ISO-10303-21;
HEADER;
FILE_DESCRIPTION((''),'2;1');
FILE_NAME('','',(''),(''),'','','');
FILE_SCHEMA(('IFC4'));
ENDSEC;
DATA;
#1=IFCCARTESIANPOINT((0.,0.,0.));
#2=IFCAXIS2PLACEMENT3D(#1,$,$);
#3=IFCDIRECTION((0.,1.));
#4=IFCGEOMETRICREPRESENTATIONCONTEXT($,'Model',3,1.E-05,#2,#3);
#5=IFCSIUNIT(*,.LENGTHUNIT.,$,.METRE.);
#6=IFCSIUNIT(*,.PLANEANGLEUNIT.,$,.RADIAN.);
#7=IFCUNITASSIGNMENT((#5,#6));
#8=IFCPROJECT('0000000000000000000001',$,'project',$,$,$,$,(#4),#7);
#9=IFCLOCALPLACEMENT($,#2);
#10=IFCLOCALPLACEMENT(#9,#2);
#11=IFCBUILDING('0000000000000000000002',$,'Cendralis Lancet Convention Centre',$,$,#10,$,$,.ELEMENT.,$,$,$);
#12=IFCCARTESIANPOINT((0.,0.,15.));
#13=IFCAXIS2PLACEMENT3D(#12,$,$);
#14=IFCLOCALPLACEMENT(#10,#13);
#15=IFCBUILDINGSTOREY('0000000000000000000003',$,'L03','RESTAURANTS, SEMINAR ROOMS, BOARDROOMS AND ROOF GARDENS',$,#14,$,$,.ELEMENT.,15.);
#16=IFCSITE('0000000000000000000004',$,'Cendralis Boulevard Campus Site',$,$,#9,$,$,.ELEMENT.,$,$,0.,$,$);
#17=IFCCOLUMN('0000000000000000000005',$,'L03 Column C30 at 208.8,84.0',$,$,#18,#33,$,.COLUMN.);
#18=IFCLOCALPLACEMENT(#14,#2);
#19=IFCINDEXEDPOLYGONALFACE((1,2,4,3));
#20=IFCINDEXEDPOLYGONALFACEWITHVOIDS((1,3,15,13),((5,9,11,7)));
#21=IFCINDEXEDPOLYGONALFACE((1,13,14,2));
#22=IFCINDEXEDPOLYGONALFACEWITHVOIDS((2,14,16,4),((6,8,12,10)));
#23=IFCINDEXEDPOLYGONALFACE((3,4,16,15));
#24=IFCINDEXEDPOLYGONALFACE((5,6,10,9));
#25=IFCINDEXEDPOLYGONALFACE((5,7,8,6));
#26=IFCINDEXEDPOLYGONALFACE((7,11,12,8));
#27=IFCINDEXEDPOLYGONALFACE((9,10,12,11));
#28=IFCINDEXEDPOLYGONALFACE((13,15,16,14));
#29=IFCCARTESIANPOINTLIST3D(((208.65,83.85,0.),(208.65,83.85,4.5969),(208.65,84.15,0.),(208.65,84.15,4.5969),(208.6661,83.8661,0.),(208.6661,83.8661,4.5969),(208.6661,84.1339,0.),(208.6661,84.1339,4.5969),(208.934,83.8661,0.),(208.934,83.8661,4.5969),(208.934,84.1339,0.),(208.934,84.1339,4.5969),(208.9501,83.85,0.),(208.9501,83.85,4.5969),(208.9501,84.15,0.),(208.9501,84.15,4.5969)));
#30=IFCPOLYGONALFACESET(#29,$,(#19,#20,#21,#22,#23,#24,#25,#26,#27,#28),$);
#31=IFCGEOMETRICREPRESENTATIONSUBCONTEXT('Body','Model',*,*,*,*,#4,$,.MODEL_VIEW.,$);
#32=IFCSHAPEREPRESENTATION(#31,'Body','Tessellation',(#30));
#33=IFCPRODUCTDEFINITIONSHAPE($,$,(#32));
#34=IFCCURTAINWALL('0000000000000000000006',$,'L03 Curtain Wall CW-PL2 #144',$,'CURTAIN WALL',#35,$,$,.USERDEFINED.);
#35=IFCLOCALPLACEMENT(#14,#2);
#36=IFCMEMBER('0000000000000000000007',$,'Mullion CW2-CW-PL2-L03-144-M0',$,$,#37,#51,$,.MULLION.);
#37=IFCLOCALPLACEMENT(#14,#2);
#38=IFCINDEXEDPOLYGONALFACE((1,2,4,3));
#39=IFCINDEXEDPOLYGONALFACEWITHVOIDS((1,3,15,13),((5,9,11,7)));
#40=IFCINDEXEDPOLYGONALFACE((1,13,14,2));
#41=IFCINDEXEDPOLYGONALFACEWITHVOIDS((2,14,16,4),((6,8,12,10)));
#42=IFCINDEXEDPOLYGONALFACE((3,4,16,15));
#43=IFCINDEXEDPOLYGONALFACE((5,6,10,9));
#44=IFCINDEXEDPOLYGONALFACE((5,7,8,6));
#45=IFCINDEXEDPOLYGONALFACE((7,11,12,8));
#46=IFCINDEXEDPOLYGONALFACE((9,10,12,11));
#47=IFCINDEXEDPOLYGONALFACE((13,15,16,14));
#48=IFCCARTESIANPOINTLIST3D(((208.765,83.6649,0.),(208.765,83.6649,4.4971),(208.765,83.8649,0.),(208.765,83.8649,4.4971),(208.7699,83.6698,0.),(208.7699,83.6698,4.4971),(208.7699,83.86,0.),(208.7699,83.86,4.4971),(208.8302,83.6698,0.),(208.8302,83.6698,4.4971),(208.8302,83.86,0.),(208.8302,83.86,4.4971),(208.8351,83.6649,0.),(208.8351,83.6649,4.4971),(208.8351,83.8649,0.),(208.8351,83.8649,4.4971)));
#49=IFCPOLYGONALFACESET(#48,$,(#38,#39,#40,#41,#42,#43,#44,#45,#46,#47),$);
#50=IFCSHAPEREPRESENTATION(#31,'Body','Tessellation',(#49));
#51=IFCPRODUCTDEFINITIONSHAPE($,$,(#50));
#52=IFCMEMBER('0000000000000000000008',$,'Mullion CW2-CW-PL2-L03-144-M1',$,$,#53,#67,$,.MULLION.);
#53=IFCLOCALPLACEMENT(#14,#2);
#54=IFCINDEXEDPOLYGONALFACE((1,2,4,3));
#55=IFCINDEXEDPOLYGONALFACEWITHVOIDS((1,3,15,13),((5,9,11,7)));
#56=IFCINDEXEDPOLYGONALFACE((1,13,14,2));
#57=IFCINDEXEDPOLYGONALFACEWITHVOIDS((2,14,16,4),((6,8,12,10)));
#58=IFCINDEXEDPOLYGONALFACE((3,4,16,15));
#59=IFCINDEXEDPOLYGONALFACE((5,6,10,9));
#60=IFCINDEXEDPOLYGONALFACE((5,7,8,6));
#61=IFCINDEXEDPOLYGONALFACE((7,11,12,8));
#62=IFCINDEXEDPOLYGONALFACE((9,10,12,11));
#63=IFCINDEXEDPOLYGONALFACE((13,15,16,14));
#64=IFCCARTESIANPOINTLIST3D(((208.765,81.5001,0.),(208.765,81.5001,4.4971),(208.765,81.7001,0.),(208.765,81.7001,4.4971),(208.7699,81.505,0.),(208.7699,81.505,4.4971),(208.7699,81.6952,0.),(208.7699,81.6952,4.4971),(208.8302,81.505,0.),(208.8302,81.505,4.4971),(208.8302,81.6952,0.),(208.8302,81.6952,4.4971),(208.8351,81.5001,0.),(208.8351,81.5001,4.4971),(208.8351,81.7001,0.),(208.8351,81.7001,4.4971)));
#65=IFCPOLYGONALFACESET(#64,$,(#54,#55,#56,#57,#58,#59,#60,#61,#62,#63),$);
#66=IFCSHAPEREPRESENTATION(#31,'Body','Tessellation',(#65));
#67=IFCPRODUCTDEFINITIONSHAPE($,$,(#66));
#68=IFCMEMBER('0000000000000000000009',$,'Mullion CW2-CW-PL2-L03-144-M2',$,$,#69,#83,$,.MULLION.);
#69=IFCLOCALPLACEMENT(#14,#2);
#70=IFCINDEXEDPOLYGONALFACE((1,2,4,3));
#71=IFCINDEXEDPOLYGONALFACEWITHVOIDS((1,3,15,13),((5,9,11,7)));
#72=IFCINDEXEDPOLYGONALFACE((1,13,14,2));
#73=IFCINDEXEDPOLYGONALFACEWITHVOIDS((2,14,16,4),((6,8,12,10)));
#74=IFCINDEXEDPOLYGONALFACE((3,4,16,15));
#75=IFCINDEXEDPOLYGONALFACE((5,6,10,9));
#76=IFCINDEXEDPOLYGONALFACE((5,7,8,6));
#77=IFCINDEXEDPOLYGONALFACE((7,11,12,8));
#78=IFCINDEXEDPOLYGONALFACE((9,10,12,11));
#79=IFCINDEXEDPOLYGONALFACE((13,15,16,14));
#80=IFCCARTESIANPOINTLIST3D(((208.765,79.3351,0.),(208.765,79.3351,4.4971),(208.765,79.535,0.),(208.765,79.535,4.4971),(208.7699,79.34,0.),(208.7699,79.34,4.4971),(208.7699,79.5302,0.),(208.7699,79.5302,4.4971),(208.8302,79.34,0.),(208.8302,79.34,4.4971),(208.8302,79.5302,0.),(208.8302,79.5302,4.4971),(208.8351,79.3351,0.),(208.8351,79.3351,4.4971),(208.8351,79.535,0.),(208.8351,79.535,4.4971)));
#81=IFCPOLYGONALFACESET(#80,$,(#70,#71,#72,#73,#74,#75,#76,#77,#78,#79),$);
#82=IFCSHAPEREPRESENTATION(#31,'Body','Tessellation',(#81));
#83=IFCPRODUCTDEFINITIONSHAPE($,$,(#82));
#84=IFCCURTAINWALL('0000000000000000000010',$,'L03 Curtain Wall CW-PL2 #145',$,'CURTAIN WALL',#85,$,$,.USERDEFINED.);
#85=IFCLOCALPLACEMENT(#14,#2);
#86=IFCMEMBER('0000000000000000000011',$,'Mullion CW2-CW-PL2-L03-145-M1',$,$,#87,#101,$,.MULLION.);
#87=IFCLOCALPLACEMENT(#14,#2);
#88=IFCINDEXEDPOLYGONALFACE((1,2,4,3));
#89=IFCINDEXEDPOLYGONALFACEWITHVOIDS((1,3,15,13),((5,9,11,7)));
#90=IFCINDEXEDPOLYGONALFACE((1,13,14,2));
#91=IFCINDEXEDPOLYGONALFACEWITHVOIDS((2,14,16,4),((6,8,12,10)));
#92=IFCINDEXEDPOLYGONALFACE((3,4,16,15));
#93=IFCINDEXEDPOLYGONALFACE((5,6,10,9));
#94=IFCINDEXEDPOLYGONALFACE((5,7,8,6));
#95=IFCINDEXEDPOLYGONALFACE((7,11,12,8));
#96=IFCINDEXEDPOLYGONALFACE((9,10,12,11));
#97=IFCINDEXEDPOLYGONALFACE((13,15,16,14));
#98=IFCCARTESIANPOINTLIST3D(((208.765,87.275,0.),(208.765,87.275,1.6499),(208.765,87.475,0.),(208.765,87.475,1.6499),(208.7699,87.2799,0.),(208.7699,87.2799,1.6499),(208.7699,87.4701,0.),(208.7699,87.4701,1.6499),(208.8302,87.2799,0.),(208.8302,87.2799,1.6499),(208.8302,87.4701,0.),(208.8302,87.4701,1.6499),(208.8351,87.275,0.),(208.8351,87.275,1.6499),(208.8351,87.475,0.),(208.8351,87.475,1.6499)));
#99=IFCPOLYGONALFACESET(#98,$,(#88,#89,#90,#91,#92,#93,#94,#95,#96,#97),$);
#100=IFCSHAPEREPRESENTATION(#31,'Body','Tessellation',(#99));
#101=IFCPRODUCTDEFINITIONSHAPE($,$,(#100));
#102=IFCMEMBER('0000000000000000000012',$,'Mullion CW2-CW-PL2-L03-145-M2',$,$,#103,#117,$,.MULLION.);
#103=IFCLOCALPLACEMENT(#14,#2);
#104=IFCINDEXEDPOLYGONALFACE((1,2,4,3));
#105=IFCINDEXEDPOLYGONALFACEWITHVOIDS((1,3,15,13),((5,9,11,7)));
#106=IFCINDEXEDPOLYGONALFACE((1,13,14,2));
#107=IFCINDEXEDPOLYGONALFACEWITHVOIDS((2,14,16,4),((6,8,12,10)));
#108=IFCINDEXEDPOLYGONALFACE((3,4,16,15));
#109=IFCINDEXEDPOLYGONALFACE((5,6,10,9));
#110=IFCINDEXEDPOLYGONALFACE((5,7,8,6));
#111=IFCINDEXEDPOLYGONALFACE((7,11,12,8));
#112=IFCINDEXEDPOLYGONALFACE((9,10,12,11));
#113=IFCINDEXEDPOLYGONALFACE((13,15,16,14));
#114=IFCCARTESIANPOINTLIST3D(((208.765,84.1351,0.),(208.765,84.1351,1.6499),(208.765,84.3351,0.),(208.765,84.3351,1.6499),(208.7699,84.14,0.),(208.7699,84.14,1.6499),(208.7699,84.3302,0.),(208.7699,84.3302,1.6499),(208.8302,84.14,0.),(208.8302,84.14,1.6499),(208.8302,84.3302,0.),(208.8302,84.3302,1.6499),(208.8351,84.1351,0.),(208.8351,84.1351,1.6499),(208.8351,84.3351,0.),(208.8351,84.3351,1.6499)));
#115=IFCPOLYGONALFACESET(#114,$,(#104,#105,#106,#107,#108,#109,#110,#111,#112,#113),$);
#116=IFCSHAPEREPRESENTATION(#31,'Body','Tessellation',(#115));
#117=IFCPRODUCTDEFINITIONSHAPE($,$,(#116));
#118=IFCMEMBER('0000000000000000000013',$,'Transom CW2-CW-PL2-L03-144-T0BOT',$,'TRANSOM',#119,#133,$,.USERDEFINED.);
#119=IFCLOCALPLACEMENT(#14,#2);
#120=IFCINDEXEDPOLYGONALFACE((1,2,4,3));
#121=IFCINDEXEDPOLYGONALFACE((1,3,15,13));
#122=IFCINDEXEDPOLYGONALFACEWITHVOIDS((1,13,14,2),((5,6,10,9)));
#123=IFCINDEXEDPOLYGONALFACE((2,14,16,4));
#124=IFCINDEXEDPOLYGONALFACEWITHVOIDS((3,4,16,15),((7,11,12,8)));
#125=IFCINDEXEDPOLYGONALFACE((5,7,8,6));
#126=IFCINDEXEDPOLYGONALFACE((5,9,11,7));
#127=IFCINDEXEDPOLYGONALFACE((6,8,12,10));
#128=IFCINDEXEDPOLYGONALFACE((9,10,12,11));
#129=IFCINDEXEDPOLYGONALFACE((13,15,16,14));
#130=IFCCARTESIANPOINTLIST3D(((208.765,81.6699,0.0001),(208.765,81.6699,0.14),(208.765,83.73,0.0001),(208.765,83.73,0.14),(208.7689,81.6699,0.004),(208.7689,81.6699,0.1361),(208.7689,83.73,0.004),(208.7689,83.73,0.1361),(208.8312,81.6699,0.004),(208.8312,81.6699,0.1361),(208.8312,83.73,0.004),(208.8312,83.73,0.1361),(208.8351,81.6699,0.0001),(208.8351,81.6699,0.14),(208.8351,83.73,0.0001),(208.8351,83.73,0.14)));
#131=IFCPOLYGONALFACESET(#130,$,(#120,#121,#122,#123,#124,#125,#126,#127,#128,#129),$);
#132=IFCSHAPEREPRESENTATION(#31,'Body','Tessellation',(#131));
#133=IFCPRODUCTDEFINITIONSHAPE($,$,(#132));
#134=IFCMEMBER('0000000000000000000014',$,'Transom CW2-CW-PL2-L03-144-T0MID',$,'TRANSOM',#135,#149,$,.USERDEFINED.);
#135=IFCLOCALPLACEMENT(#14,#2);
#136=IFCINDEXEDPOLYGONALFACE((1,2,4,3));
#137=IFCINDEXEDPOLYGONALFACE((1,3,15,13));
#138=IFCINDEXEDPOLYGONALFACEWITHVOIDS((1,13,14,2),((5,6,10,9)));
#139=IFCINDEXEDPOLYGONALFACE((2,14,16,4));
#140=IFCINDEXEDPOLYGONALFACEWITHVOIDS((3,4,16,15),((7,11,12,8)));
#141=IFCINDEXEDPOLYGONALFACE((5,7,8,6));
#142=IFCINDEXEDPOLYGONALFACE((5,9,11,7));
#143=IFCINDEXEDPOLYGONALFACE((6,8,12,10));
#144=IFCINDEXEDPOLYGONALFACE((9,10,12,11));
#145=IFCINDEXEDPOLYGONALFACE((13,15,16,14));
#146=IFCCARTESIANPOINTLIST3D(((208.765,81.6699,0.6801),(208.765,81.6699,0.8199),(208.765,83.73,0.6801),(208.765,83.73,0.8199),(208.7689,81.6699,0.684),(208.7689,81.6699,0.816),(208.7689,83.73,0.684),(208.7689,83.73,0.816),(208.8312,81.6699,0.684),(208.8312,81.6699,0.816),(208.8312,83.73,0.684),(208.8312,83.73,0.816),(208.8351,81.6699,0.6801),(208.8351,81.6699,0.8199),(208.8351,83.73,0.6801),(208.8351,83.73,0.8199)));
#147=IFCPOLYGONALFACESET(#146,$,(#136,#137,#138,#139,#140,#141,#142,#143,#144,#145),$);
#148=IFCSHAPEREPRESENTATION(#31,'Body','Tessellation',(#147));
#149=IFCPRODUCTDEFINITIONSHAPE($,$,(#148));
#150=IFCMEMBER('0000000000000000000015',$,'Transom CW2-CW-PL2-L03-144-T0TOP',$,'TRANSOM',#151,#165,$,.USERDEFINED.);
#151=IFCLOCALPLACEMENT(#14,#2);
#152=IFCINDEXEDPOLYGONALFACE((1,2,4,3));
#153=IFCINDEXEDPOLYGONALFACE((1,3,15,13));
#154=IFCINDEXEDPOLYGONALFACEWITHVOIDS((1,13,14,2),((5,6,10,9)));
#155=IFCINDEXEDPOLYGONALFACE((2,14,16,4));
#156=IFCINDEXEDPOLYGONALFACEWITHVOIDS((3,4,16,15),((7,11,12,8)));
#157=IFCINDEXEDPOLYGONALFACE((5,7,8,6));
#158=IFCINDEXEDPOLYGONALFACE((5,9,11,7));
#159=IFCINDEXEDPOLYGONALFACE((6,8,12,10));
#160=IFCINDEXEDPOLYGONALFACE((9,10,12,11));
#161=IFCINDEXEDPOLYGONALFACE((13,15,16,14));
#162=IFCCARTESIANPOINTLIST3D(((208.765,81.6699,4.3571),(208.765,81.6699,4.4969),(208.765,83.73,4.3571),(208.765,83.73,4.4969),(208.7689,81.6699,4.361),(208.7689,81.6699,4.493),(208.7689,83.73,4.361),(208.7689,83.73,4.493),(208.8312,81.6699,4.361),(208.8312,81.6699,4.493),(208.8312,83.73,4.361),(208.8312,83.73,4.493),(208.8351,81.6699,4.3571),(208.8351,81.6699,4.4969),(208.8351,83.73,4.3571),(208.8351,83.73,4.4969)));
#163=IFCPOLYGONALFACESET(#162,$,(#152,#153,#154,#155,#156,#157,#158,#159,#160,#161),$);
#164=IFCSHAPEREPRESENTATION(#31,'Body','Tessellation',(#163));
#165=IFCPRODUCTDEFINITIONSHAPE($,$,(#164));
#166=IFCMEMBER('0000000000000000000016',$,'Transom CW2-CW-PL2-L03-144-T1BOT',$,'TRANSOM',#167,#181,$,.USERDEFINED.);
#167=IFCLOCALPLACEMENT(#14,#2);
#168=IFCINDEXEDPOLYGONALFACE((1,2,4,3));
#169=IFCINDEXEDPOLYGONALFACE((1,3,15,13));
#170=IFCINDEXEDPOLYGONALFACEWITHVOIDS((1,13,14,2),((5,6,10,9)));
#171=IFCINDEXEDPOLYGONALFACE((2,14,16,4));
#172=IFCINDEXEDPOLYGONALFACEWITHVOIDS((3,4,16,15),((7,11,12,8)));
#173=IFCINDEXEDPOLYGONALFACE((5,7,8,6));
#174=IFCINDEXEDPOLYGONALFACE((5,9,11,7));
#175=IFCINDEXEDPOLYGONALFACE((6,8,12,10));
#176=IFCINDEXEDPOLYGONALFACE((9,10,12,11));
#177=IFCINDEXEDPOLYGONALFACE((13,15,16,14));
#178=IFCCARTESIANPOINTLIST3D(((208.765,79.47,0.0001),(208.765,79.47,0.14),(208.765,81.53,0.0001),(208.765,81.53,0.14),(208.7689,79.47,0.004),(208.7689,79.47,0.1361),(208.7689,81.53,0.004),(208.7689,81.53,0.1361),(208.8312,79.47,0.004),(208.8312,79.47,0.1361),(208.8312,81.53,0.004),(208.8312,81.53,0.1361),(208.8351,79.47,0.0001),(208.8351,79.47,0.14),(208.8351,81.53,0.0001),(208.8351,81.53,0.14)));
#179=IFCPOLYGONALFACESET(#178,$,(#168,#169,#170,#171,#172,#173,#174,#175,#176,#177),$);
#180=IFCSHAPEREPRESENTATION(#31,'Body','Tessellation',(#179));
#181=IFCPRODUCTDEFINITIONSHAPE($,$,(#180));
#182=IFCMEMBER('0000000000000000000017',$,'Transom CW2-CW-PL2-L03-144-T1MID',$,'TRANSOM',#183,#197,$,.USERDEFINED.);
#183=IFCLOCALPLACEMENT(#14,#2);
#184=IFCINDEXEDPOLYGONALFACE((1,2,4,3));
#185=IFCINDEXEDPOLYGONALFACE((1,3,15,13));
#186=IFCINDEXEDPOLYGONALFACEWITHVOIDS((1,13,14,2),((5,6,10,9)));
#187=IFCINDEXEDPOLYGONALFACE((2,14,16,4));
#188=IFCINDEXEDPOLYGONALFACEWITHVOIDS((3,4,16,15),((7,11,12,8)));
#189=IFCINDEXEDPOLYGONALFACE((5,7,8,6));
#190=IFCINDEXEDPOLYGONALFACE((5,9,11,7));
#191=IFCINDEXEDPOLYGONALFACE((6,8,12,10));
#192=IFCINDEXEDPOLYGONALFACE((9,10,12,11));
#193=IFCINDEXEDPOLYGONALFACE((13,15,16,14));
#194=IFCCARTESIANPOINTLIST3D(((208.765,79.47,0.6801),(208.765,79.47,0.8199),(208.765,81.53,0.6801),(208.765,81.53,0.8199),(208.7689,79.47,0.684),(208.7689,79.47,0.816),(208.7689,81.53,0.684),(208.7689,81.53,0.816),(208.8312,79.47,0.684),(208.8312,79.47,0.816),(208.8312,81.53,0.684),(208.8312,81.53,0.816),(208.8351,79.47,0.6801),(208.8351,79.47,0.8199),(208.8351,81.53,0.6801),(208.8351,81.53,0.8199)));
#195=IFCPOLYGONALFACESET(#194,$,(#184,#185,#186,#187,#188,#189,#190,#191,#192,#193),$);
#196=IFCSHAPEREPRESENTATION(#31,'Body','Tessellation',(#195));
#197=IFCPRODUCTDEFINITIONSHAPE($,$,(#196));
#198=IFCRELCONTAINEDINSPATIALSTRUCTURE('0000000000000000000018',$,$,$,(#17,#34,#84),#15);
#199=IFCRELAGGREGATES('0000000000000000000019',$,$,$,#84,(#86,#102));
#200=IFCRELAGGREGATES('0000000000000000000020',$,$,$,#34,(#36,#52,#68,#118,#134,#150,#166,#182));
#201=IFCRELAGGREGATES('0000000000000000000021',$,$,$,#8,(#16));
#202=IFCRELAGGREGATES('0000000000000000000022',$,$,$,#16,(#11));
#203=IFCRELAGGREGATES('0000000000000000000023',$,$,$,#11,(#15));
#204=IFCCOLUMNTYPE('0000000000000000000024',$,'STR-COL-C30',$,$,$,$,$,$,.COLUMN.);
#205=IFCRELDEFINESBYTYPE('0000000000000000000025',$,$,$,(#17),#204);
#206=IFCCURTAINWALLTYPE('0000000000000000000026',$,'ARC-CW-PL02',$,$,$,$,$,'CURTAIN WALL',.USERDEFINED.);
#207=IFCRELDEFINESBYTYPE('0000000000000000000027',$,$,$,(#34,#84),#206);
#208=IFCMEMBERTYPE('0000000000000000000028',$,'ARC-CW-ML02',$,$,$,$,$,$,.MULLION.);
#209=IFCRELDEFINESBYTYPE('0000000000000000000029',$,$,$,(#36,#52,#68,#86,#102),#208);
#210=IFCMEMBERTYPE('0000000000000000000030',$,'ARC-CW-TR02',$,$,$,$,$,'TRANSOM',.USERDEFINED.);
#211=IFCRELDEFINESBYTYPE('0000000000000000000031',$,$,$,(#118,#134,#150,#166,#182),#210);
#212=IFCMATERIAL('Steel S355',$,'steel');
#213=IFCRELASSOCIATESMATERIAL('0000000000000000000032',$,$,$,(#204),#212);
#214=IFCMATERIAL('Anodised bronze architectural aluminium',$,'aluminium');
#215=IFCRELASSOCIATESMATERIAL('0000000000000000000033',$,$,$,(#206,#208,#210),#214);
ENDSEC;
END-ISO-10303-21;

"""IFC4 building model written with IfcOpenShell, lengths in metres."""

from ifc_helpers import new_model, si_unit, direction, frame, origin, origin_2d, place, context, subcontext, project, spatial, hollow_rectangle, extrude, material, material_profile, profile_set, type_object, element, aggregate, save


model = new_model("IFC4")

# Units and contexts
model_context = context("Model", 3, precision=1e-05, world=origin(), true_north=direction((0.0, 1.0)))
body_context = subcontext(model_context, "Body", "Model", "MODEL_VIEW")
ifc_project = project(units=[si_unit("LENGTHUNIT", "METRE"), si_unit("PLANEANGLEUNIT", "RADIAN")], contexts=[model_context])

# Site, building, storey
site_placement = place(None, origin())
site = spatial("IfcSite", under=ifc_project, at=site_placement, Name="Cendralis Boulevard Campus Site", CompositionType="ELEMENT", RefElevation=0.0)
building_placement = place(site_placement, origin())
building = spatial("IfcBuilding", under=site, at=building_placement, Name="Cendralis Lancet Convention Centre", CompositionType="ELEMENT")
storey_placement = place(building_placement, frame((0.0, 0.0, 15.0)))
storey = spatial("IfcBuildingStorey", under=building, at=storey_placement, Name="L03", Description="RESTAURANTS, SEMINAR ROOMS, BOARDROOMS AND ROOF GARDENS", CompositionType="ELEMENT", Elevation=15.0)

# Column
ifc_material_1 = material(Name="Steel S355", Category="steel")
ifc_material_profile_1 = material_profile(ifc_material_1, hollow_rectangle(XDim=0.3, YDim=0.3, WallThickness=0.0161, at=origin_2d()), Name="SHS 300x300x16.0")
ifc_profile_set_1 = profile_set([ifc_material_profile_1], Name="Steel S355")
column_type = type_object("IfcColumnType", Name="STR-COL-C30", PredefinedType="COLUMN", material=ifc_profile_set_1)
column_placement = place(storey_placement, frame((208.8, 84.0, 0.0), z_axis=(0.0, 0.0, 1.0), x_axis=(1.0, 0.0, 0.0)))
element("IfcColumn", 1, at=column_placement, inside=storey, type_object=column_type, Name="L03 Column C30 at 208.8,84.0", PredefinedType="COLUMN", context=body_context, shape_type="SweptSolid", body=[
    extrude(hollow_rectangle(XDim=0.3, YDim=0.3, WallThickness=0.0161, at=origin_2d()), origin(), (0.0, 0.0, 1.0), 4.5969),
])

# Curtain walls, members
ifc_material_2 = material(Name="Anodised bronze architectural aluminium", Category="aluminium")
curtain_wall_type = type_object("IfcCurtainWallType", Name="ARC-CW-PL02", ElementType="CURTAIN WALL", PredefinedType="USERDEFINED", material=ifc_material_2)
curtain_wall_1_placement = place(storey_placement, origin())
curtain_wall_1 = element("IfcCurtainWall", 2, at=curtain_wall_1_placement, inside=storey, type_object=curtain_wall_type, Name="L03 Curtain Wall CW-PL2 #144", ObjectType="CURTAIN WALL", PredefinedType="USERDEFINED")
ifc_material_profile_2 = material_profile(ifc_material_2, hollow_rectangle(XDim=0.0701, YDim=0.2, WallThickness=0.0049, at=origin_2d()), Name="AL-MULL 70x200x5.0")
ifc_profile_set_2 = profile_set([ifc_material_profile_2], Name="Anodised bronze architectural aluminium")
member_type_1 = type_object("IfcMemberType", Name="ARC-CW-ML02", PredefinedType="MULLION", material=ifc_profile_set_2)
member_1_placement = place(storey_placement, frame((208.8, 83.7649, 0.0), z_axis=(0.0, 0.0, 1.0), x_axis=(1.0, 0.0, 0.0)))
member_1 = element("IfcMember", 3, at=member_1_placement, type_object=member_type_1, Name="Mullion CW2-CW-PL2-L03-144-M0", PredefinedType="MULLION", context=body_context, shape_type="SweptSolid", body=[
    extrude(hollow_rectangle(XDim=0.0701, YDim=0.2, WallThickness=0.0049, at=origin_2d()), origin(), (0.0, 0.0, 1.0), 4.4971),
])
member_2_placement = place(storey_placement, frame((208.8, 81.6001, 0.0), z_axis=(0.0, 0.0, 1.0), x_axis=(1.0, 0.0, 0.0)))
member_2 = element("IfcMember", 4, at=member_2_placement, type_object=member_type_1, Name="Mullion CW2-CW-PL2-L03-144-M1", PredefinedType="MULLION", context=body_context, shape_type="SweptSolid", body=[
    extrude(hollow_rectangle(XDim=0.0701, YDim=0.2, WallThickness=0.0049, at=origin_2d()), origin(), (0.0, 0.0, 1.0), 4.4971),
])
member_3_placement = place(storey_placement, frame((208.8, 79.4351, 0.0), z_axis=(0.0, 0.0, 1.0), x_axis=(1.0, 0.0, 0.0)))
member_3 = element("IfcMember", 5, at=member_3_placement, type_object=member_type_1, Name="Mullion CW2-CW-PL2-L03-144-M2", PredefinedType="MULLION", context=body_context, shape_type="SweptSolid", body=[
    extrude(hollow_rectangle(XDim=0.0701, YDim=0.2, WallThickness=0.0049, at=origin_2d()), origin(), (0.0, 0.0, 1.0), 4.4971),
])
curtain_wall_2_placement = place(storey_placement, origin())
curtain_wall_2 = element("IfcCurtainWall", 6, at=curtain_wall_2_placement, inside=storey, type_object=curtain_wall_type, Name="L03 Curtain Wall CW-PL2 #145", ObjectType="CURTAIN WALL", PredefinedType="USERDEFINED")
member_4_placement = place(storey_placement, frame((208.8, 87.375, 0.0), z_axis=(0.0, 0.0, 1.0), x_axis=(1.0, 0.0, 0.0)))
member_4 = element("IfcMember", 7, at=member_4_placement, type_object=member_type_1, Name="Mullion CW2-CW-PL2-L03-145-M1", PredefinedType="MULLION", context=body_context, shape_type="SweptSolid", body=[
    extrude(hollow_rectangle(XDim=0.0701, YDim=0.2, WallThickness=0.0049, at=origin_2d()), origin(), (0.0, 0.0, 1.0), 1.6499),
])
member_5_placement = place(storey_placement, frame((208.8, 84.2351, 0.0), z_axis=(0.0, 0.0, 1.0), x_axis=(1.0, 0.0, 0.0)))
member_5 = element("IfcMember", 8, at=member_5_placement, type_object=member_type_1, Name="Mullion CW2-CW-PL2-L03-145-M2", PredefinedType="MULLION", context=body_context, shape_type="SweptSolid", body=[
    extrude(hollow_rectangle(XDim=0.0701, YDim=0.2, WallThickness=0.0049, at=origin_2d()), origin(), (0.0, 0.0, 1.0), 1.6499),
])

# Members
ifc_material_profile_3 = material_profile(ifc_material_2, hollow_rectangle(XDim=0.0701, YDim=0.1399, WallThickness=0.0039, at=origin_2d()), Name="AL-TRAN 70x140x4.0")
ifc_profile_set_3 = profile_set([ifc_material_profile_3], Name="Anodised bronze architectural aluminium")
member_type_2 = type_object("IfcMemberType", Name="ARC-CW-TR02", ElementType="TRANSOM", PredefinedType="USERDEFINED", material=ifc_profile_set_3)
member_6_placement = place(storey_placement, frame((208.8, 83.73, 0.0701), z_axis=(0.0, -1.0, 0.0), x_axis=(1.0, 0.0, 0.0)))
member_6 = element("IfcMember", 9, at=member_6_placement, type_object=member_type_2, Name="Transom CW2-CW-PL2-L03-144-T0BOT", ObjectType="TRANSOM", PredefinedType="USERDEFINED", context=body_context, shape_type="SweptSolid", body=[
    extrude(hollow_rectangle(XDim=0.0701, YDim=0.1399, WallThickness=0.0039, at=origin_2d()), origin(), (0.0, 0.0, 1.0), 2.0601),
])
member_7_placement = place(storey_placement, frame((208.8, 83.73, 0.75), z_axis=(0.0, -1.0, 0.0), x_axis=(1.0, 0.0, 0.0)))
member_7 = element("IfcMember", 10, at=member_7_placement, type_object=member_type_2, Name="Transom CW2-CW-PL2-L03-144-T0MID", ObjectType="TRANSOM", PredefinedType="USERDEFINED", context=body_context, shape_type="SweptSolid", body=[
    extrude(hollow_rectangle(XDim=0.0701, YDim=0.1399, WallThickness=0.0039, at=origin_2d()), origin(), (0.0, 0.0, 1.0), 2.0601),
])
member_8_placement = place(storey_placement, frame((208.8, 83.73, 4.427), z_axis=(0.0, -1.0, 0.0), x_axis=(1.0, 0.0, 0.0)))
member_8 = element("IfcMember", 11, at=member_8_placement, type_object=member_type_2, Name="Transom CW2-CW-PL2-L03-144-T0TOP", ObjectType="TRANSOM", PredefinedType="USERDEFINED", context=body_context, shape_type="SweptSolid", body=[
    extrude(hollow_rectangle(XDim=0.0701, YDim=0.1399, WallThickness=0.0039, at=origin_2d()), origin(), (0.0, 0.0, 1.0), 2.0601),
])
member_9_placement = place(storey_placement, frame((208.8, 81.53, 0.0701), z_axis=(0.0, -1.0, 0.0), x_axis=(1.0, 0.0, 0.0)))
member_9 = element("IfcMember", 12, at=member_9_placement, type_object=member_type_2, Name="Transom CW2-CW-PL2-L03-144-T1BOT", ObjectType="TRANSOM", PredefinedType="USERDEFINED", context=body_context, shape_type="SweptSolid", body=[
    extrude(hollow_rectangle(XDim=0.0701, YDim=0.1399, WallThickness=0.0039, at=origin_2d()), origin(), (0.0, 0.0, 1.0), 2.0601),
])
member_10_placement = place(storey_placement, frame((208.8, 81.53, 0.75), z_axis=(0.0, -1.0, 0.0), x_axis=(1.0, 0.0, 0.0)))
member_10 = element("IfcMember", 13, at=member_10_placement, type_object=member_type_2, Name="Transom CW2-CW-PL2-L03-144-T1MID", ObjectType="TRANSOM", PredefinedType="USERDEFINED", context=body_context, shape_type="SweptSolid", body=[
    extrude(hollow_rectangle(XDim=0.0701, YDim=0.1399, WallThickness=0.0039, at=origin_2d()), origin(), (0.0, 0.0, 1.0), 2.0601),
])

aggregate(curtain_wall_2, [member_4, member_5])
aggregate(curtain_wall_1, [member_1, member_2, member_3, member_6, member_7, member_8, member_9, member_10])

save(model, "model.ifc")
